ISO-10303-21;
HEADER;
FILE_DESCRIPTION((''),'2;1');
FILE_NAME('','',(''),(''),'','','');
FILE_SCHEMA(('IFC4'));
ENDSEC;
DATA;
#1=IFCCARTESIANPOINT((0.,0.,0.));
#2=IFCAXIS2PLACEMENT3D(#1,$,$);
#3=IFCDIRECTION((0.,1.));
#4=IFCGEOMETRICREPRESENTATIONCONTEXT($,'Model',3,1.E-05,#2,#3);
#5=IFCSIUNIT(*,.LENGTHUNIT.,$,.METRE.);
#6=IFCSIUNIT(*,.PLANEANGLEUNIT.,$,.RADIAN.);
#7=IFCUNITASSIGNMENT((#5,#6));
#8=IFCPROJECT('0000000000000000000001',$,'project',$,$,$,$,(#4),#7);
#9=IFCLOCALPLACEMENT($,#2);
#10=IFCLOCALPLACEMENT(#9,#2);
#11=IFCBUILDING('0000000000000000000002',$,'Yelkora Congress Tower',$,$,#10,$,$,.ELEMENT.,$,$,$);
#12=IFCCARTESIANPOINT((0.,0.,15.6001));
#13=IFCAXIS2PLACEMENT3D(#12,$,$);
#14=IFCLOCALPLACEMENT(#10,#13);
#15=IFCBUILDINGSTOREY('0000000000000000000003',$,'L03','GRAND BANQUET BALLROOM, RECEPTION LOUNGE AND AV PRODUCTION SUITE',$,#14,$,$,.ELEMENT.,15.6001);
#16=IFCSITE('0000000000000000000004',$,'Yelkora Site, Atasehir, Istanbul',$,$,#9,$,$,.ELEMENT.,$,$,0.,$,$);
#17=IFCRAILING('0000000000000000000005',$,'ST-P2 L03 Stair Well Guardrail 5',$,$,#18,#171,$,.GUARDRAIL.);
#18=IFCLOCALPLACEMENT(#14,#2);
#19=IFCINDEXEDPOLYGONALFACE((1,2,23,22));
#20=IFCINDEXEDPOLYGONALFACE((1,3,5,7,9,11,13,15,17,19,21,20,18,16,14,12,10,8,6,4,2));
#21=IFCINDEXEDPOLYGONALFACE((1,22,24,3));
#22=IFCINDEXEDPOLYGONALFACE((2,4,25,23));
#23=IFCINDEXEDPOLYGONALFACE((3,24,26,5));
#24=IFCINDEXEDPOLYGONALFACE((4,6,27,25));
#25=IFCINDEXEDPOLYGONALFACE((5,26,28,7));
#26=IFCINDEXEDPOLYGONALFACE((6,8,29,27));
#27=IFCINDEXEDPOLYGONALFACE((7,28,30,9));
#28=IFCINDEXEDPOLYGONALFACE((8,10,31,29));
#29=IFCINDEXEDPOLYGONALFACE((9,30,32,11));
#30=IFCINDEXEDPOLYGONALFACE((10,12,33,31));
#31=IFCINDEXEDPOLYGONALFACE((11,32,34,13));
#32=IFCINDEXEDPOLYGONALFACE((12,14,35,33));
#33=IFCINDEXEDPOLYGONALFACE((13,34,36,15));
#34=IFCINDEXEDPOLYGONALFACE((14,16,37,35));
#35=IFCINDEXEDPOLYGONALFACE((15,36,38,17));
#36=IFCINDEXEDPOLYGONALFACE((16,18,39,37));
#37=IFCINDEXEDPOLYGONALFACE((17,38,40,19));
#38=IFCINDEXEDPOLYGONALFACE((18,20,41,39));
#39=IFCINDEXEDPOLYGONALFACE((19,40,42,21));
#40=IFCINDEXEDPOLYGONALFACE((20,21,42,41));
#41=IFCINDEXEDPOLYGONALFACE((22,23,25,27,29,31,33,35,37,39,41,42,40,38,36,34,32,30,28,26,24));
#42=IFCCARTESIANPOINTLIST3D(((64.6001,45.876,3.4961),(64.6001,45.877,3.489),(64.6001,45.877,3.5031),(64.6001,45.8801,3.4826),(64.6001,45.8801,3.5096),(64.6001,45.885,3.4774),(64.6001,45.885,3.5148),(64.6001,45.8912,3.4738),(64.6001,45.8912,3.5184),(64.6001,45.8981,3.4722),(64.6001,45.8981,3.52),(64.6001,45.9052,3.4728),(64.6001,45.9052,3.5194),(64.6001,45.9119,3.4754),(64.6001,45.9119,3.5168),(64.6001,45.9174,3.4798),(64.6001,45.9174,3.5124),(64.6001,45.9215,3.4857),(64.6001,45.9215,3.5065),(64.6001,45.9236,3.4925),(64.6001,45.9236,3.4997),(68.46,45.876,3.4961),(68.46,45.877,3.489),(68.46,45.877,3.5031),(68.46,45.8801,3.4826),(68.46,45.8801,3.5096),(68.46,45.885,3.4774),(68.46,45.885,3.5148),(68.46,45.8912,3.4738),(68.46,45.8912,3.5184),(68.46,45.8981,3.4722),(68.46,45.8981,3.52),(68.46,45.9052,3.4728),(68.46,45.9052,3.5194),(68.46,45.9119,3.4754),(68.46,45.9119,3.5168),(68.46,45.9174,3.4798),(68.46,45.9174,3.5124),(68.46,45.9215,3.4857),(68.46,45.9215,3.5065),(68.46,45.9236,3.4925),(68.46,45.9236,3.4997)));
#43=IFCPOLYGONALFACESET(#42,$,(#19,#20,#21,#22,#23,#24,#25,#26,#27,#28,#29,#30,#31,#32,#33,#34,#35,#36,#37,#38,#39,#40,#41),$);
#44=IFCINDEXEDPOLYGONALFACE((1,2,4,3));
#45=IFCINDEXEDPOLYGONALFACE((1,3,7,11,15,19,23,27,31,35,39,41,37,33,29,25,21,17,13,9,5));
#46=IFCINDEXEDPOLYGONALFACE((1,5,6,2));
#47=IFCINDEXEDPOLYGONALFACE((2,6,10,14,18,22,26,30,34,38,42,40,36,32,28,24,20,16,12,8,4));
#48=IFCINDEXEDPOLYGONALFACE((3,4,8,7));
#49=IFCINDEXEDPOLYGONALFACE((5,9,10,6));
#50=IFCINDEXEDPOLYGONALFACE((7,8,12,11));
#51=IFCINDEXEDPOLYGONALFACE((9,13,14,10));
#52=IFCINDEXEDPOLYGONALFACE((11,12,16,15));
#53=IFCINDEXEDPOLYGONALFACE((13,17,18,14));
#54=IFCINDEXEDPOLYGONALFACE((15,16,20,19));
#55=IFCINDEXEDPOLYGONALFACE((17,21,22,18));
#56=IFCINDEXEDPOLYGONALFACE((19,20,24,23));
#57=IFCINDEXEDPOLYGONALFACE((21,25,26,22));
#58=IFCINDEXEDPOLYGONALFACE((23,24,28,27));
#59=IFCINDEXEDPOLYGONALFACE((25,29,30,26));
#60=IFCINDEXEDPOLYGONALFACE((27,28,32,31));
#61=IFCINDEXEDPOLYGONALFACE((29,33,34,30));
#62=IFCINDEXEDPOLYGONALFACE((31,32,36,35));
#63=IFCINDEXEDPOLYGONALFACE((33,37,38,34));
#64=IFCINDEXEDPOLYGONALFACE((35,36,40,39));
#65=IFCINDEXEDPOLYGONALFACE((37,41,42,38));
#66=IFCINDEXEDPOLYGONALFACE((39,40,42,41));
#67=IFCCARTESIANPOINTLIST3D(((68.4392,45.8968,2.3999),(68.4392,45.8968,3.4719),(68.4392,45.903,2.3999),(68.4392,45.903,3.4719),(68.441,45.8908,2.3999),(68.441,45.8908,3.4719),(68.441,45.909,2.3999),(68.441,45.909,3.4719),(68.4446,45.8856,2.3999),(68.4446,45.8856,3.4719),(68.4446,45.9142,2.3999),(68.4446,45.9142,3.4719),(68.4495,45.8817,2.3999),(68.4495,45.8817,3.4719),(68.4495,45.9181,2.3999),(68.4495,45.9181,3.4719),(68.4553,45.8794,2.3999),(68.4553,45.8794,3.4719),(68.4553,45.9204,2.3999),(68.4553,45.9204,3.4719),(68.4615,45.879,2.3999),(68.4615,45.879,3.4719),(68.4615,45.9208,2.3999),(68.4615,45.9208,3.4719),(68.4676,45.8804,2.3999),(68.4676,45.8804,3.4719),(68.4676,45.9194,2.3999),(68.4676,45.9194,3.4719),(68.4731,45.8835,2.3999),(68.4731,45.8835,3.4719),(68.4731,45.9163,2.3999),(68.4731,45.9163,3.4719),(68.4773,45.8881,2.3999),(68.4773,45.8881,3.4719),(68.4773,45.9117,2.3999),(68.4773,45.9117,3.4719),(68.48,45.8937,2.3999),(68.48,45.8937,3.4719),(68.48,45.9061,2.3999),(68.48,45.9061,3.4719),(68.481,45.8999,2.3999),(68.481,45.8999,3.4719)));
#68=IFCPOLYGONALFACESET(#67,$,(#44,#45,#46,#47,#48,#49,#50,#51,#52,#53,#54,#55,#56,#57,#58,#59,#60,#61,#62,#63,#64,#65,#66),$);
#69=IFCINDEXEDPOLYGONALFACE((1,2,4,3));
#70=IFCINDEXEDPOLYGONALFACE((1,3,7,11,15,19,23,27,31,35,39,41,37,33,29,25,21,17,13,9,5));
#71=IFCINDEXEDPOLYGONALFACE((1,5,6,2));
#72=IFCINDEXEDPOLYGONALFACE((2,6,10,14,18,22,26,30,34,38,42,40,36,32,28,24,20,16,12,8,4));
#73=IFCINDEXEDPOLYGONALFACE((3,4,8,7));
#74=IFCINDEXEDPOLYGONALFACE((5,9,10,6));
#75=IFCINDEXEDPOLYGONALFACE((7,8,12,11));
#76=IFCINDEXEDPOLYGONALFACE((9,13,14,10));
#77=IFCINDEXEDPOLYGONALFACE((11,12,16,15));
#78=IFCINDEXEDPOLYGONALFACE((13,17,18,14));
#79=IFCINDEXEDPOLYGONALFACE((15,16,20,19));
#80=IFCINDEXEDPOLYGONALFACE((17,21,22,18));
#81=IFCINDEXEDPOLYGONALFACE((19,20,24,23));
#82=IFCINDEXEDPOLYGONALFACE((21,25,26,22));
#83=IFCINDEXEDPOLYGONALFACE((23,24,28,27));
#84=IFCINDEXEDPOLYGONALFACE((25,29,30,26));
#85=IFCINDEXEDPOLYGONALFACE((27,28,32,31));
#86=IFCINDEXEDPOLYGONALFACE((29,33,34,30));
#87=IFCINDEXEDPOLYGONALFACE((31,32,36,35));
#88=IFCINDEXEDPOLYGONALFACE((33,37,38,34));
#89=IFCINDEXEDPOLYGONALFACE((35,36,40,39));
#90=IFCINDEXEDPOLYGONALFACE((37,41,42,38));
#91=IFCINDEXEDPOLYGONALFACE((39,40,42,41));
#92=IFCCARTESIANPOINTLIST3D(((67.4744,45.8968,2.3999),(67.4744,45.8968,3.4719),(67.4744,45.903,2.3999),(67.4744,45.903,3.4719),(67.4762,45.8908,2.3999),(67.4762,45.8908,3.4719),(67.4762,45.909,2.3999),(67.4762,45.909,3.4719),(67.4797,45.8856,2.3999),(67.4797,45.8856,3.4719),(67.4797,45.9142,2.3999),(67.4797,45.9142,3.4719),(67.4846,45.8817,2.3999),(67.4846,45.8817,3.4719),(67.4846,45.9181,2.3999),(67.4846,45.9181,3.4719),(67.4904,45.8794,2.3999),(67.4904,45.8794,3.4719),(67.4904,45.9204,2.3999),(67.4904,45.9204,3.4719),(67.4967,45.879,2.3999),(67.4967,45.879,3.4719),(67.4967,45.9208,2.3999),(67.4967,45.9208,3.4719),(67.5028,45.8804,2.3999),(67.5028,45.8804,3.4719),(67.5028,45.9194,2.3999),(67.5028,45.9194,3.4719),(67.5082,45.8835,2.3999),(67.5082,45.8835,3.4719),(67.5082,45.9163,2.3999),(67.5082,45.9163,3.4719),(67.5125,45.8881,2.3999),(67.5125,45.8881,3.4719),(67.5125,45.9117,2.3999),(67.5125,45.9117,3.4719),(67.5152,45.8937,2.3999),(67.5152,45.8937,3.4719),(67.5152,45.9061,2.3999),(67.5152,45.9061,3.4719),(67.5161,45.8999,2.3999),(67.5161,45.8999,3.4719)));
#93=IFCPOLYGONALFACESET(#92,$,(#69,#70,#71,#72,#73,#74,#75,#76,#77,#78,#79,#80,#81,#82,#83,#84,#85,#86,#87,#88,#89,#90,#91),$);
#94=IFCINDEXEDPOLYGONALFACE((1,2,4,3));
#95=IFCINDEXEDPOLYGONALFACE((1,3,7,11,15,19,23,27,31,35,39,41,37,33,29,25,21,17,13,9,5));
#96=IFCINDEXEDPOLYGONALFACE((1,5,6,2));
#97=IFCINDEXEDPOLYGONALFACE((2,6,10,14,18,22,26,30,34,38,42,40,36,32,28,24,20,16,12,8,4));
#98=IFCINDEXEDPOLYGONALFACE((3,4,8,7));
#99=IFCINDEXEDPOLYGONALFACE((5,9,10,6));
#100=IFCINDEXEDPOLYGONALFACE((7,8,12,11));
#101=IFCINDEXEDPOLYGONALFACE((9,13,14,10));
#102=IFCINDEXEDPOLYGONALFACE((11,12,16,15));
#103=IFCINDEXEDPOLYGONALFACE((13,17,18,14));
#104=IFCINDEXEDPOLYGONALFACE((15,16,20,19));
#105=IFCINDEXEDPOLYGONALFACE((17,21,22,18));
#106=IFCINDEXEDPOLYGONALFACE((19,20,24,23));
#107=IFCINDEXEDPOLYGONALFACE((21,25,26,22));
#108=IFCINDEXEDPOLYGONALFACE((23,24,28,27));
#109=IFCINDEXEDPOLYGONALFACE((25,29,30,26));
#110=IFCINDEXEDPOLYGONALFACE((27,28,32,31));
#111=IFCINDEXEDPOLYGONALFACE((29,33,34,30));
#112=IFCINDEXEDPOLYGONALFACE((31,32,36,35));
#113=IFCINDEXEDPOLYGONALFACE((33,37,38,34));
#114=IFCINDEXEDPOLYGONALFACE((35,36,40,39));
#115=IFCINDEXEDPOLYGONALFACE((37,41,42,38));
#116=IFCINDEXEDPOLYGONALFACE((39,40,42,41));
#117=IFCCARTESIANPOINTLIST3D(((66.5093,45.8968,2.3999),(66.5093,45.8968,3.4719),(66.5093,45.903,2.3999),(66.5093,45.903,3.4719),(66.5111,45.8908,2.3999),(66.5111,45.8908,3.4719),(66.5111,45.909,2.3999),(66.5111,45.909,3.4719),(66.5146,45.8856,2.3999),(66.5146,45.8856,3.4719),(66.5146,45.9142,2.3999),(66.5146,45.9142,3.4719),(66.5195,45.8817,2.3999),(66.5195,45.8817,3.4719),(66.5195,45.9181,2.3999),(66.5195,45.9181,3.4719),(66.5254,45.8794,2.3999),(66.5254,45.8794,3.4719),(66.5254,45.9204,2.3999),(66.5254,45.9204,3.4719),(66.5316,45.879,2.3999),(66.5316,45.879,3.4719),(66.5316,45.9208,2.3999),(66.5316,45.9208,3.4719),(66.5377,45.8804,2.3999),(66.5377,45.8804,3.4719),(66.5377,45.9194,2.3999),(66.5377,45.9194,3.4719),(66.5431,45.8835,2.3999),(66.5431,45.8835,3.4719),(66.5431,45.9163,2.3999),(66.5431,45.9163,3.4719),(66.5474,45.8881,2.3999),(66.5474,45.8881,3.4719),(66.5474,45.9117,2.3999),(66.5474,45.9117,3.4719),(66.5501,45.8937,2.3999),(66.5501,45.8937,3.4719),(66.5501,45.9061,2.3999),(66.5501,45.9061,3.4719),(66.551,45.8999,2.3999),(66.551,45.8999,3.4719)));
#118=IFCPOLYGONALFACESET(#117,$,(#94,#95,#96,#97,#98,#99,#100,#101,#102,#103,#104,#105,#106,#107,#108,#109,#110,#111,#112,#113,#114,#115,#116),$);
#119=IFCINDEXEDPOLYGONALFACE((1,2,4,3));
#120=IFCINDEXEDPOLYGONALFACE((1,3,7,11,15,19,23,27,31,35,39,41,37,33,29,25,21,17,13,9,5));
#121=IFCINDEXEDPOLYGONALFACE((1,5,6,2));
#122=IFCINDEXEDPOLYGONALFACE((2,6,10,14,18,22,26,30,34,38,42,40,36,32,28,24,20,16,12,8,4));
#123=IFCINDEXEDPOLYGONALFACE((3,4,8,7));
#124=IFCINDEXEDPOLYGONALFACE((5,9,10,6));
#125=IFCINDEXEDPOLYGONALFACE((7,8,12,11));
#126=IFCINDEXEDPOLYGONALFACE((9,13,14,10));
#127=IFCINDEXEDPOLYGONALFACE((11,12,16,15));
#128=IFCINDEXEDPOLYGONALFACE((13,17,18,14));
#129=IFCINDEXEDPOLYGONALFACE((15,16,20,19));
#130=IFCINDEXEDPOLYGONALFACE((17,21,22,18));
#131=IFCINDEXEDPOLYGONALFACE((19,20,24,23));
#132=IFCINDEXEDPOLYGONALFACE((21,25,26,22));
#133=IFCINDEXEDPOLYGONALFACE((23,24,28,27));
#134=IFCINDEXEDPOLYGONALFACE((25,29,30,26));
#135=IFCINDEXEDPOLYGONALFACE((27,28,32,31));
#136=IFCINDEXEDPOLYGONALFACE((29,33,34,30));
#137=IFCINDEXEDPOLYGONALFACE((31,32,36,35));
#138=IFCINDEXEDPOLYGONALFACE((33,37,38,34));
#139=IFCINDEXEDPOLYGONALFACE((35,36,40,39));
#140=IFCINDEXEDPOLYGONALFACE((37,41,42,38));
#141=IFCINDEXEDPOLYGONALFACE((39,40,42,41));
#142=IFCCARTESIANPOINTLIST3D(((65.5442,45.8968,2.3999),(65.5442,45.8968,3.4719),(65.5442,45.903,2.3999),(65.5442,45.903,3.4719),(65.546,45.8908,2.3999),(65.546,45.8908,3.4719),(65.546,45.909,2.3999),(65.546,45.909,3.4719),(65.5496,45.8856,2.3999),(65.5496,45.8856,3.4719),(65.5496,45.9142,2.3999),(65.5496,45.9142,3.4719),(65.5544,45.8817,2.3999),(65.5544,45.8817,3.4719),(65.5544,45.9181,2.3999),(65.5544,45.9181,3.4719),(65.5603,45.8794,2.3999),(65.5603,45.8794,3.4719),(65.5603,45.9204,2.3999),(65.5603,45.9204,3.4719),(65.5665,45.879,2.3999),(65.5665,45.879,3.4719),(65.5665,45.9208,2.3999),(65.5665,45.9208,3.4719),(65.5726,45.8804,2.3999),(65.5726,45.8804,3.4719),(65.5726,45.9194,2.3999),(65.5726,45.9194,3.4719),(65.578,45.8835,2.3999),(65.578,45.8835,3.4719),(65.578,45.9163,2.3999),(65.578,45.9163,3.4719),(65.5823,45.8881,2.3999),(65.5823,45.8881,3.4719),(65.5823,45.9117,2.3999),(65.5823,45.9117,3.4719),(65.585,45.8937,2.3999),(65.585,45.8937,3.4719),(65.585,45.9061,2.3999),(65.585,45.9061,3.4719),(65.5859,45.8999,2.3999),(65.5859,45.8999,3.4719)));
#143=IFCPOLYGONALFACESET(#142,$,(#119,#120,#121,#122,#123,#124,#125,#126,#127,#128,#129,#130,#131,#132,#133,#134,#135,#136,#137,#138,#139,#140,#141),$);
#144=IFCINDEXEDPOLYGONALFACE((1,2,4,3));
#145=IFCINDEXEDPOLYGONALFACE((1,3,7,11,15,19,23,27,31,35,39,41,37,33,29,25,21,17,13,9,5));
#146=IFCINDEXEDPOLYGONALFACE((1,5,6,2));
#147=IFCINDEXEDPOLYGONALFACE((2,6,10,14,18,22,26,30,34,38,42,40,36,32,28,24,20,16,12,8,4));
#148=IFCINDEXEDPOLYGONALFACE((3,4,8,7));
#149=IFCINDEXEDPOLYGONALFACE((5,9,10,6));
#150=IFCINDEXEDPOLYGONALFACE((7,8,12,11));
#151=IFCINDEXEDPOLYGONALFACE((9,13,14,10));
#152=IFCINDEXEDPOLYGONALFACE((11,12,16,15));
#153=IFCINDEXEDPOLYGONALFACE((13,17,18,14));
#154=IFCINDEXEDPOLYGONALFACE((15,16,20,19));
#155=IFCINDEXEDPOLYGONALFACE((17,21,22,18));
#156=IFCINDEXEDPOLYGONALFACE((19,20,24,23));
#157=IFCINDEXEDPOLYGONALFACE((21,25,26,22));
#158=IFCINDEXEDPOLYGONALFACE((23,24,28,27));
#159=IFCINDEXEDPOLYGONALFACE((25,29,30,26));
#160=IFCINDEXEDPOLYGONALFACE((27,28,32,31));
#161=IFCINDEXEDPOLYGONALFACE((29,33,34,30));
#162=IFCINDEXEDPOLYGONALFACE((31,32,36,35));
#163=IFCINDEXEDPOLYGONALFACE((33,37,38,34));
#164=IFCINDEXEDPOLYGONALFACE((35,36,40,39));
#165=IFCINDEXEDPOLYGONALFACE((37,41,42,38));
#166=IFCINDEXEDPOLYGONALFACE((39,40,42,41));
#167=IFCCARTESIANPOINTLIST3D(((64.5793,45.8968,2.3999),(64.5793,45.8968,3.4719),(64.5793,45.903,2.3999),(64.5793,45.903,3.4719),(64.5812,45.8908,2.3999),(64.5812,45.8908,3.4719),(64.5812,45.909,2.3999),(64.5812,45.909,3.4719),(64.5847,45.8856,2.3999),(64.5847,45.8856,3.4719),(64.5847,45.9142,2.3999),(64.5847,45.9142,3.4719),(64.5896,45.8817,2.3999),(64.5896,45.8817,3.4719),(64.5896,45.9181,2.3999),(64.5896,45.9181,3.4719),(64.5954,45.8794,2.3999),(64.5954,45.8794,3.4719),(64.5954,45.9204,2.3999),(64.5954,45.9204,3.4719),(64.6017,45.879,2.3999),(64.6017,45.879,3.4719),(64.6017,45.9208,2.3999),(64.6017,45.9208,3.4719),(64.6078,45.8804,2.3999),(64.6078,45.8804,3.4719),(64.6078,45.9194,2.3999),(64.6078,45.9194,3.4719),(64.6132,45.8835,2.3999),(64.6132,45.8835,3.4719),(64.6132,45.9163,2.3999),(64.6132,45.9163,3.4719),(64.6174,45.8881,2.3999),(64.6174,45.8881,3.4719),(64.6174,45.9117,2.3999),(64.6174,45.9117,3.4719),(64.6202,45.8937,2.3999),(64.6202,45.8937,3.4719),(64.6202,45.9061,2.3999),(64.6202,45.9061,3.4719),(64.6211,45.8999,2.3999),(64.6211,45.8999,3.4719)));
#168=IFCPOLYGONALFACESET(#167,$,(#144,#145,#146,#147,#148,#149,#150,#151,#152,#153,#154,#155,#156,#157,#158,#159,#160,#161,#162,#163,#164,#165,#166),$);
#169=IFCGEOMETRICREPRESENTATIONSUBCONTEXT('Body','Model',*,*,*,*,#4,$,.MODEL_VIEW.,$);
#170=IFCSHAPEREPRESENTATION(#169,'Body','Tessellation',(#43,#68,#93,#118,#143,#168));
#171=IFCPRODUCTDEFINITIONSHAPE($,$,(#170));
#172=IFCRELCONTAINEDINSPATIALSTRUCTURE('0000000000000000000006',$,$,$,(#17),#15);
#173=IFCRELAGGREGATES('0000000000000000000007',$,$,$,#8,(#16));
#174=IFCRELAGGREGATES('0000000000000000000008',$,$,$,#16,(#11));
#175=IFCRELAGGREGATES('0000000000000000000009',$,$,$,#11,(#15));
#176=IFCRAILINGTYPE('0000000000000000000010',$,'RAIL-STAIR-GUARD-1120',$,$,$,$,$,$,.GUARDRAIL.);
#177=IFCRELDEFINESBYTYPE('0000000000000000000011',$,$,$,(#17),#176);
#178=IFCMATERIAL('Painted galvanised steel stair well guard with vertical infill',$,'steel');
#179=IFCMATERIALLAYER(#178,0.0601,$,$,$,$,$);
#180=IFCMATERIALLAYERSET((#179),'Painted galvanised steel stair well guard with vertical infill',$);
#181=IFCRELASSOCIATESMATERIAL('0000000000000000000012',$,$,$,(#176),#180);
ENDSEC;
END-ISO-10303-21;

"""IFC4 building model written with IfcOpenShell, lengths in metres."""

from ifc_helpers import new_model, si_unit, direction, frame, origin, origin_2d, place, context, subcontext, project, spatial, circle, extrude, material, layer, layer_set, type_object, element, save


model = new_model("IFC4")

# Units and contexts
model_context = context("Model", 3, precision=1e-05, world=origin(), true_north=direction((0.0, 1.0)))
body_context = subcontext(model_context, "Body", "Model", "MODEL_VIEW")
ifc_project = project(units=[si_unit("LENGTHUNIT", "METRE"), si_unit("PLANEANGLEUNIT", "RADIAN")], contexts=[model_context])

# Site, building, storey
site_placement = place(None, origin())
site = spatial("IfcSite", under=ifc_project, at=site_placement, Name="Yelkora Site, Atasehir, Istanbul", CompositionType="ELEMENT", RefElevation=0.0)
building_placement = place(site_placement, origin())
building = spatial("IfcBuilding", under=site, at=building_placement, Name="Yelkora Congress Tower", CompositionType="ELEMENT")
storey_placement = place(building_placement, frame((0.0, 0.0, 15.6001)))
storey = spatial("IfcBuildingStorey", under=building, at=storey_placement, Name="L03", Description="GRAND BANQUET BALLROOM, RECEPTION LOUNGE AND AV PRODUCTION SUITE", CompositionType="ELEMENT", Elevation=15.6001)

# Railing
ifc_material_1 = material(Name="Painted galvanised steel stair well guard with vertical infill", Category="steel")
ifc_layer_1 = layer(ifc_material_1, 0.0601)
ifc_layer_set_1 = layer_set([ifc_layer_1], Name="Painted galvanised steel stair well guard with vertical infill")
railing_type_1 = type_object("IfcRailingType", Name="RAIL-STAIR-GUARD-1120", PredefinedType="GUARDRAIL", material=ifc_layer_set_1)
railing_1_placement = place(storey_placement, frame((68.46, 45.8999, 2.3999)))
element("IfcRailing", 1, at=railing_1_placement, inside=storey, type_object=railing_type_1, Name="ST-P2 L03 Stair Well Guardrail 5", PredefinedType="GUARDRAIL", context=body_context, shape_type="SweptSolid", body=[
    extrude(circle(Radius=0.0239, at=origin_2d()), frame((0.0, 0.0, 1.0962), z_axis=(-1.0, 0.0, 0.0), x_axis=(0.0, -1.0, 0.0)), (0.0, 0.0, 1.0), 3.8599),
    extrude(circle(Radius=0.021, at=origin_2d()), origin(), (0.0, 0.0, 1.0), 1.072),
    extrude(circle(Radius=0.021, at=origin_2d()), frame((-0.9648, 0.0, 0.0)), (0.0, 0.0, 1.0), 1.072),
    extrude(circle(Radius=0.021, at=origin_2d()), frame((-1.9299, 0.0, 0.0)), (0.0, 0.0, 1.0), 1.072),
    extrude(circle(Radius=0.021, at=origin_2d()), frame((-2.895, 0.0, 0.0)), (0.0, 0.0, 1.0), 1.072),
    extrude(circle(Radius=0.021, at=origin_2d()), frame((-3.8599, 0.0, 0.0)), (0.0, 0.0, 1.0), 1.072),
])

save(model, "model.ifc")
